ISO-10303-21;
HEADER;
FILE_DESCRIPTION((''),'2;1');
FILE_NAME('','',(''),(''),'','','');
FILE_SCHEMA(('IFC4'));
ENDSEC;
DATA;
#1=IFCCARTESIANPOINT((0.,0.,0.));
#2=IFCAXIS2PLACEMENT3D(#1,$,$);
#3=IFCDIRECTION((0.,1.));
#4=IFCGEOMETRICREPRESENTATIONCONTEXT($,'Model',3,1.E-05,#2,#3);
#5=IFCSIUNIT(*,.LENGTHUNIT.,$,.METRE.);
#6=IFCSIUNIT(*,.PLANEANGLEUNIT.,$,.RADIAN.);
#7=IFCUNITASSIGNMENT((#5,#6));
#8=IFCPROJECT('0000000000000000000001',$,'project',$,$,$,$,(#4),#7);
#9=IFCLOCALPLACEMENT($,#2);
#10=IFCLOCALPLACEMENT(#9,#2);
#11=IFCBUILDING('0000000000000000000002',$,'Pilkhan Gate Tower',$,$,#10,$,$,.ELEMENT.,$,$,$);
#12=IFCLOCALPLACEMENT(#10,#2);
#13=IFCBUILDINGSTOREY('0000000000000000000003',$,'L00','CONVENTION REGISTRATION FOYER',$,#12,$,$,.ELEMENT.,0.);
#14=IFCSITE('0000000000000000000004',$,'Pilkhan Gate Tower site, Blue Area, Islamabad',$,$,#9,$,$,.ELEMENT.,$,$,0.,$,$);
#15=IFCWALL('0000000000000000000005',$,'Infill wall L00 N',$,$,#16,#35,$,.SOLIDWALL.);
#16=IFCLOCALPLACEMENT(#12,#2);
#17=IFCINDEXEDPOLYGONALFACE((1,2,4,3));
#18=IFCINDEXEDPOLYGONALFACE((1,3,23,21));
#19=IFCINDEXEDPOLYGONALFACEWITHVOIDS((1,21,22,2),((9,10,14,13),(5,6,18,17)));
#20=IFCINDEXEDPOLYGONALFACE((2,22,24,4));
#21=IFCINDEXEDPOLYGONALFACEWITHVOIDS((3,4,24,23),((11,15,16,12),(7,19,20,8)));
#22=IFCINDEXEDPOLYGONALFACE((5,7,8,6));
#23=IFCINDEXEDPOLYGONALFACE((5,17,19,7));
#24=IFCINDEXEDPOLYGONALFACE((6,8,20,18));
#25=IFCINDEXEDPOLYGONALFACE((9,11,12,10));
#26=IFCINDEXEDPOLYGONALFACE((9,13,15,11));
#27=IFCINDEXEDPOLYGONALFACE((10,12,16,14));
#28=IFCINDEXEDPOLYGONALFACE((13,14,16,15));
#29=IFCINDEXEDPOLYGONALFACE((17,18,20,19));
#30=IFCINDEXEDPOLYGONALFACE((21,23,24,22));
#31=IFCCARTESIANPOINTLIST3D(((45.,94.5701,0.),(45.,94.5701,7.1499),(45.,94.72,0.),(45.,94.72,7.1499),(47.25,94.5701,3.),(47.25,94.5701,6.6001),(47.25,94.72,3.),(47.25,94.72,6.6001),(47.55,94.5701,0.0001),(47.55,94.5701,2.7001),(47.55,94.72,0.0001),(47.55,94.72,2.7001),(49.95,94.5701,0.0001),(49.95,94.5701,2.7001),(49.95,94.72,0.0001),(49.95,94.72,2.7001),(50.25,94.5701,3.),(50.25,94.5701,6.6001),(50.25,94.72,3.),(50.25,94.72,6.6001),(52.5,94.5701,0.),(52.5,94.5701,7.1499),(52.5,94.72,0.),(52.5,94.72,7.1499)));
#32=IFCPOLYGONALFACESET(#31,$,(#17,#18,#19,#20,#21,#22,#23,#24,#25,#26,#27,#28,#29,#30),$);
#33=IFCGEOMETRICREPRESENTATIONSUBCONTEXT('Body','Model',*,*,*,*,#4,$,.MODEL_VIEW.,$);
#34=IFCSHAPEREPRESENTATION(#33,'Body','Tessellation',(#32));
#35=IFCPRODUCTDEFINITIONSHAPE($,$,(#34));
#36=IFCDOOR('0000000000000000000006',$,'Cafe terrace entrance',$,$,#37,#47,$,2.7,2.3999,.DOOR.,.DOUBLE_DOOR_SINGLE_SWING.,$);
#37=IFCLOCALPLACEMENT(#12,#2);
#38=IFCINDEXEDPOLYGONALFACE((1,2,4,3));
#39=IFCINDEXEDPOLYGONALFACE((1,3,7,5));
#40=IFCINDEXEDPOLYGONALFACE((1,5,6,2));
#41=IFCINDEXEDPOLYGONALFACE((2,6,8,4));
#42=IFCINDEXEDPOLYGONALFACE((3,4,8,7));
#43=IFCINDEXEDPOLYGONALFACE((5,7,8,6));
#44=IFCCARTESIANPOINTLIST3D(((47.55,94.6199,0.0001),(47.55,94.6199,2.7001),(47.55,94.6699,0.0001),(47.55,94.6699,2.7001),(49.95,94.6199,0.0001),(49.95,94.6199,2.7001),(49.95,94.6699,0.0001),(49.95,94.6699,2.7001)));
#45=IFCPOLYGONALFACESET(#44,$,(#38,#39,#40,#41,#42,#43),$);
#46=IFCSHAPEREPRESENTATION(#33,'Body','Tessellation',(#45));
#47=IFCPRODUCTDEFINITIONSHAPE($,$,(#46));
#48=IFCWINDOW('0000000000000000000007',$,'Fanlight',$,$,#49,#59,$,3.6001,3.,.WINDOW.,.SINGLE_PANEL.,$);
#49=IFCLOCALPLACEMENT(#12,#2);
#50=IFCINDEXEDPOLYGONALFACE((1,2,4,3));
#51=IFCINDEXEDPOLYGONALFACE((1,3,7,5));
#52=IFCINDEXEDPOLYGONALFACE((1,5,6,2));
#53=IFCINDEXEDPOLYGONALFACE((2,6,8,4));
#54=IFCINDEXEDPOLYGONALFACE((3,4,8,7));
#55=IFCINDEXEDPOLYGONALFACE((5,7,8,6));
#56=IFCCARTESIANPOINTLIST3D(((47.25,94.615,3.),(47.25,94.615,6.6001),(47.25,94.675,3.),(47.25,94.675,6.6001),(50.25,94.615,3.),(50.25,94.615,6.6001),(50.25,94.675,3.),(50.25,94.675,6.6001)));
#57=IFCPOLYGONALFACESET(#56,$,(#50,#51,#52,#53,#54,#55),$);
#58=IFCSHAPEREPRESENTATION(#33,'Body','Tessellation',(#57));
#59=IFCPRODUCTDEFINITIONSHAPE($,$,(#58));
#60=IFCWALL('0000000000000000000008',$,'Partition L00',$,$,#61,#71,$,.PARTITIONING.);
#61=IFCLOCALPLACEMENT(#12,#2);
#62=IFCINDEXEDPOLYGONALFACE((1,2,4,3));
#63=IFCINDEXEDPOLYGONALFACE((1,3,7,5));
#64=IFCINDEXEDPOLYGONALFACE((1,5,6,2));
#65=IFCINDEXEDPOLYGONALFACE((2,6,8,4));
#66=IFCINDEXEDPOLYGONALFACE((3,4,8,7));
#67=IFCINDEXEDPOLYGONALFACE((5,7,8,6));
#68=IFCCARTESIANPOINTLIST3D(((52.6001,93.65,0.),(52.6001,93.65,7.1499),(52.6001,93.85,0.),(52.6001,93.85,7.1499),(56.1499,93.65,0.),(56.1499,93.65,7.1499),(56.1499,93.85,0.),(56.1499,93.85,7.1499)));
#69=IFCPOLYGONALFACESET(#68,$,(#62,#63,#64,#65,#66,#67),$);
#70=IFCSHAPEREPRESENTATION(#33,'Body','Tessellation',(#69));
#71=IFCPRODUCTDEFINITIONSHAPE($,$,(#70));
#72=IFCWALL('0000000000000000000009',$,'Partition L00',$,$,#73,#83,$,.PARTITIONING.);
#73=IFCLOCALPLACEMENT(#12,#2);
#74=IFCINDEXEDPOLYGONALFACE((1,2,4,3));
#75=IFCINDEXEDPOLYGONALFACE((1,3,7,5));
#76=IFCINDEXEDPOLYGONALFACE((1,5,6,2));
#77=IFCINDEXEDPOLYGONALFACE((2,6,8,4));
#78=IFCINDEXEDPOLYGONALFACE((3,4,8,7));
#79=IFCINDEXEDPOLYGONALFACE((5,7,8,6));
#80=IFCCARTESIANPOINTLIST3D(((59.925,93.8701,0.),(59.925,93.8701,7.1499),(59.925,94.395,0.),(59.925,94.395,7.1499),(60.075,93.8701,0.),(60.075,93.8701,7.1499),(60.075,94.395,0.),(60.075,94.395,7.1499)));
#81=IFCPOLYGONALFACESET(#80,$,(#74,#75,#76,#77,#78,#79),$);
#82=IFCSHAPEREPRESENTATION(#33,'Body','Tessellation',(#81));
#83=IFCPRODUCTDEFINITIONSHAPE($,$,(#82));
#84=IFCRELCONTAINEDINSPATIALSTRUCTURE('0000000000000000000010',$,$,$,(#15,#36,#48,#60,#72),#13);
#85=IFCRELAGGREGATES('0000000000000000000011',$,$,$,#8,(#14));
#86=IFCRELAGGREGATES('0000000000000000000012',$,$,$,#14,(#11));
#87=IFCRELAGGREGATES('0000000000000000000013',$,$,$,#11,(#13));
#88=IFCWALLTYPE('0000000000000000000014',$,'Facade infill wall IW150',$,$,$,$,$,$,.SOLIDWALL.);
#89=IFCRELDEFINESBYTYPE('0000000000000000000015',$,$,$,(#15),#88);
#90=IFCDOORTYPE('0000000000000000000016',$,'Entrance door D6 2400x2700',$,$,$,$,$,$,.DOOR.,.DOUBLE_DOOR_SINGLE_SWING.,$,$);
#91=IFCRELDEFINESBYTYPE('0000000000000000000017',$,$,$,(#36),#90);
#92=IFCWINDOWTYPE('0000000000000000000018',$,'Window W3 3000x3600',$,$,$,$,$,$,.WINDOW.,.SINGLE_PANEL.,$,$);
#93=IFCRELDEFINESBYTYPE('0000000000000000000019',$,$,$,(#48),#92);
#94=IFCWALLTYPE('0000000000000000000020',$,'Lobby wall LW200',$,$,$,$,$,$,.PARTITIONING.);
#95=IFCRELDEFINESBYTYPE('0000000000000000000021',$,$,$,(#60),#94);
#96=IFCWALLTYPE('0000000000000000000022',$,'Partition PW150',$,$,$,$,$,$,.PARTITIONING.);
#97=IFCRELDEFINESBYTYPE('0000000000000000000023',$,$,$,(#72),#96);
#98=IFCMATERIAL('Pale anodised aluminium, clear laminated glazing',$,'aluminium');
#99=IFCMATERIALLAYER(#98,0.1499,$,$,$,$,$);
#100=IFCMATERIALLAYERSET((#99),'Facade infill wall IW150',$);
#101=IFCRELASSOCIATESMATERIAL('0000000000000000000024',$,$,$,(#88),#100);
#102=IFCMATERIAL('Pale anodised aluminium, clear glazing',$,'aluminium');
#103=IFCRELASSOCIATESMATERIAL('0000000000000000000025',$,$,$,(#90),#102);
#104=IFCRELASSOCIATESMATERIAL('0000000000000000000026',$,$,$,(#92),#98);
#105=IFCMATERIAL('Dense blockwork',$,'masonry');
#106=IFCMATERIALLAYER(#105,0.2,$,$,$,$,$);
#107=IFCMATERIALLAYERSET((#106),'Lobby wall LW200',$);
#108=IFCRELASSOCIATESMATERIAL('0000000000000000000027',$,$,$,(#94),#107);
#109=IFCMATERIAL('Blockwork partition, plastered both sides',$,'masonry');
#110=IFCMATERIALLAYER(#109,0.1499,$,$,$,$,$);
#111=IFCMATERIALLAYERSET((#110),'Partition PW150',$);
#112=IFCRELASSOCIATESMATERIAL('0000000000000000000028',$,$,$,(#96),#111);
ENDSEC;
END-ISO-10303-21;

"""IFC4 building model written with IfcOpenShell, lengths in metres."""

from ifc_helpers import new_model, si_unit, direction, frame, frame_2d, origin, place, context, subcontext, project, spatial, rectangle, extrude, material, layer, layer_set, type_object, element, fill, save


model = new_model("IFC4")

# Units and contexts
model_context = context("Model", 3, precision=1e-05, world=origin(), true_north=direction((0.0, 1.0)))
body_context = subcontext(model_context, "Body", "Model", "MODEL_VIEW")
ifc_project = project(units=[si_unit("LENGTHUNIT", "METRE"), si_unit("PLANEANGLEUNIT", "RADIAN")], contexts=[model_context])

# Site, building, storey
site_placement = place(None, origin())
site = spatial("IfcSite", under=ifc_project, at=site_placement, Name="Pilkhan Gate Tower site, Blue Area, Islamabad", CompositionType="ELEMENT", RefElevation=0.0)
building_placement = place(site_placement, origin())
building = spatial("IfcBuilding", under=site, at=building_placement, Name="Pilkhan Gate Tower", CompositionType="ELEMENT")
storey_placement = place(building_placement, origin())
storey = spatial("IfcBuildingStorey", under=building, at=storey_placement, Name="L00", Description="CONVENTION REGISTRATION FOYER", CompositionType="ELEMENT", Elevation=0.0)

# Wall, openings, door, window
ifc_material_1 = material(Name="Pale anodised aluminium, clear laminated glazing", Category="aluminium")
ifc_layer_1 = layer(ifc_material_1, 0.1499)
ifc_layer_set_1 = layer_set([ifc_layer_1], Name="Facade infill wall IW150")
wall_type_1 = type_object("IfcWallType", Name="Facade infill wall IW150", PredefinedType="SOLIDWALL", material=ifc_layer_set_1)
wall_1_placement = place(storey_placement, frame((45.0, 94.645, 0.0), z_axis=(0.0, 0.0, 1.0), x_axis=(1.0, 0.0, 0.0)))
wall_1 = element("IfcWall", 1, at=wall_1_placement, inside=storey, type_object=wall_type_1, Name="Infill wall L00 N", PredefinedType="SOLIDWALL", context=body_context, shape_type="SweptSolid", body=[
    extrude(rectangle(XDim=7.5, YDim=0.1499, at=frame_2d((3.75, 0.0))), origin(), (0.0, 0.0, 1.0), 7.1499),
])
opening_1_placement = place(wall_1_placement, frame((2.55, 0.0, 0.0)))
opening_1 = element("IfcOpeningElement", 2, at=opening_1_placement, cuts=wall_1, PredefinedType="OPENING", context=body_context, shape_type="SweptSolid", body=[
    extrude(rectangle(XDim=2.3999, YDim=2.7, at=frame_2d((1.2, 1.3501))), frame((0.0, 0.085, 0.0), z_axis=(0.0, -1.0, 0.0), x_axis=(1.0, 0.0, 0.0)), (0.0, 0.0, 1.0), 0.1699),
])
opening_2_placement = place(wall_1_placement, frame((2.25, 0.0, 3.0)))
opening_2 = element("IfcOpeningElement", 3, at=opening_2_placement, cuts=wall_1, PredefinedType="OPENING", context=body_context, shape_type="SweptSolid", body=[
    extrude(rectangle(XDim=3.0, YDim=3.6001, at=frame_2d((1.5, 1.8))), frame((0.0, 0.085, 0.0), z_axis=(0.0, -1.0, 0.0), x_axis=(1.0, 0.0, 0.0)), (0.0, 0.0, 1.0), 0.1699),
])
ifc_material_2 = material(Name="Pale anodised aluminium, clear glazing", Category="aluminium")
door_type = type_object("IfcDoorType", Name="Entrance door D6 2400x2700", OperationType="DOUBLE_DOOR_SINGLE_SWING", PredefinedType="DOOR", material=ifc_material_2)
door_placement = place(opening_1_placement, origin())
door = element("IfcDoor", 4, at=door_placement, inside=storey, type_object=door_type, Name="Cafe terrace entrance", OperationType="DOUBLE_DOOR_SINGLE_SWING", OverallHeight=2.7, OverallWidth=2.3999, PredefinedType="DOOR", context=body_context, shape_type="SweptSolid", body=[
    extrude(rectangle(XDim=2.3999, YDim=2.7, at=frame_2d((1.2, 1.3501))), frame((0.0, 0.0249, 0.0), z_axis=(0.0, -1.0, 0.0), x_axis=(1.0, 0.0, 0.0)), (0.0, 0.0, 1.0), 0.05),
])
fill(opening_1, door)
window_type = type_object("IfcWindowType", Name="Window W3 3000x3600", PartitioningType="SINGLE_PANEL", PredefinedType="WINDOW", material=ifc_material_1)
window_placement = place(opening_2_placement, origin())
window = element("IfcWindow", 5, at=window_placement, inside=storey, type_object=window_type, Name="Fanlight", OverallHeight=3.6001, OverallWidth=3.0, PartitioningType="SINGLE_PANEL", PredefinedType="WINDOW", context=body_context, shape_type="SweptSolid", body=[
    extrude(rectangle(XDim=3.0, YDim=3.6001, at=frame_2d((1.5, 1.8))), frame((0.0, 0.03, 0.0), z_axis=(0.0, -1.0, 0.0), x_axis=(1.0, 0.0, 0.0)), (0.0, 0.0, 1.0), 0.0601),
])
fill(opening_2, window)

# Walls
ifc_material_3 = material(Name="Dense blockwork", Category="masonry")
ifc_layer_2 = layer(ifc_material_3, 0.2)
ifc_layer_set_2 = layer_set([ifc_layer_2], Name="Lobby wall LW200")
wall_type_2 = type_object("IfcWallType", Name="Lobby wall LW200", PredefinedType="PARTITIONING", material=ifc_layer_set_2)
wall_2_placement = place(storey_placement, frame((52.6001, 93.75, 0.0), z_axis=(0.0, 0.0, 1.0), x_axis=(1.0, 0.0, 0.0)))
element("IfcWall", 6, at=wall_2_placement, inside=storey, type_object=wall_type_2, Name="Partition L00", PredefinedType="PARTITIONING", context=body_context, shape_type="SweptSolid", body=[
    extrude(rectangle(XDim=3.5498, YDim=0.2, at=frame_2d((1.7749, 0.0))), origin(), (0.0, 0.0, 1.0), 7.1499),
])
ifc_material_4 = material(Name="Blockwork partition, plastered both sides", Category="masonry")
ifc_layer_3 = layer(ifc_material_4, 0.1499)
ifc_layer_set_3 = layer_set([ifc_layer_3], Name="Partition PW150")
wall_type_3 = type_object("IfcWallType", Name="Partition PW150", PredefinedType="PARTITIONING", material=ifc_layer_set_3)
wall_3_placement = place(storey_placement, frame((60.0, 93.8701, 0.0), z_axis=(0.0, 0.0, 1.0), x_axis=(0.0, 1.0, 0.0)))
element("IfcWall", 7, at=wall_3_placement, inside=storey, type_object=wall_type_3, Name="Partition L00", PredefinedType="PARTITIONING", context=body_context, shape_type="SweptSolid", body=[
    extrude(rectangle(XDim=0.5249, YDim=0.1499, at=frame_2d((0.2625, 0.0))), origin(), (0.0, 0.0, 1.0), 7.1499),
])

save(model, "model.ifc")
